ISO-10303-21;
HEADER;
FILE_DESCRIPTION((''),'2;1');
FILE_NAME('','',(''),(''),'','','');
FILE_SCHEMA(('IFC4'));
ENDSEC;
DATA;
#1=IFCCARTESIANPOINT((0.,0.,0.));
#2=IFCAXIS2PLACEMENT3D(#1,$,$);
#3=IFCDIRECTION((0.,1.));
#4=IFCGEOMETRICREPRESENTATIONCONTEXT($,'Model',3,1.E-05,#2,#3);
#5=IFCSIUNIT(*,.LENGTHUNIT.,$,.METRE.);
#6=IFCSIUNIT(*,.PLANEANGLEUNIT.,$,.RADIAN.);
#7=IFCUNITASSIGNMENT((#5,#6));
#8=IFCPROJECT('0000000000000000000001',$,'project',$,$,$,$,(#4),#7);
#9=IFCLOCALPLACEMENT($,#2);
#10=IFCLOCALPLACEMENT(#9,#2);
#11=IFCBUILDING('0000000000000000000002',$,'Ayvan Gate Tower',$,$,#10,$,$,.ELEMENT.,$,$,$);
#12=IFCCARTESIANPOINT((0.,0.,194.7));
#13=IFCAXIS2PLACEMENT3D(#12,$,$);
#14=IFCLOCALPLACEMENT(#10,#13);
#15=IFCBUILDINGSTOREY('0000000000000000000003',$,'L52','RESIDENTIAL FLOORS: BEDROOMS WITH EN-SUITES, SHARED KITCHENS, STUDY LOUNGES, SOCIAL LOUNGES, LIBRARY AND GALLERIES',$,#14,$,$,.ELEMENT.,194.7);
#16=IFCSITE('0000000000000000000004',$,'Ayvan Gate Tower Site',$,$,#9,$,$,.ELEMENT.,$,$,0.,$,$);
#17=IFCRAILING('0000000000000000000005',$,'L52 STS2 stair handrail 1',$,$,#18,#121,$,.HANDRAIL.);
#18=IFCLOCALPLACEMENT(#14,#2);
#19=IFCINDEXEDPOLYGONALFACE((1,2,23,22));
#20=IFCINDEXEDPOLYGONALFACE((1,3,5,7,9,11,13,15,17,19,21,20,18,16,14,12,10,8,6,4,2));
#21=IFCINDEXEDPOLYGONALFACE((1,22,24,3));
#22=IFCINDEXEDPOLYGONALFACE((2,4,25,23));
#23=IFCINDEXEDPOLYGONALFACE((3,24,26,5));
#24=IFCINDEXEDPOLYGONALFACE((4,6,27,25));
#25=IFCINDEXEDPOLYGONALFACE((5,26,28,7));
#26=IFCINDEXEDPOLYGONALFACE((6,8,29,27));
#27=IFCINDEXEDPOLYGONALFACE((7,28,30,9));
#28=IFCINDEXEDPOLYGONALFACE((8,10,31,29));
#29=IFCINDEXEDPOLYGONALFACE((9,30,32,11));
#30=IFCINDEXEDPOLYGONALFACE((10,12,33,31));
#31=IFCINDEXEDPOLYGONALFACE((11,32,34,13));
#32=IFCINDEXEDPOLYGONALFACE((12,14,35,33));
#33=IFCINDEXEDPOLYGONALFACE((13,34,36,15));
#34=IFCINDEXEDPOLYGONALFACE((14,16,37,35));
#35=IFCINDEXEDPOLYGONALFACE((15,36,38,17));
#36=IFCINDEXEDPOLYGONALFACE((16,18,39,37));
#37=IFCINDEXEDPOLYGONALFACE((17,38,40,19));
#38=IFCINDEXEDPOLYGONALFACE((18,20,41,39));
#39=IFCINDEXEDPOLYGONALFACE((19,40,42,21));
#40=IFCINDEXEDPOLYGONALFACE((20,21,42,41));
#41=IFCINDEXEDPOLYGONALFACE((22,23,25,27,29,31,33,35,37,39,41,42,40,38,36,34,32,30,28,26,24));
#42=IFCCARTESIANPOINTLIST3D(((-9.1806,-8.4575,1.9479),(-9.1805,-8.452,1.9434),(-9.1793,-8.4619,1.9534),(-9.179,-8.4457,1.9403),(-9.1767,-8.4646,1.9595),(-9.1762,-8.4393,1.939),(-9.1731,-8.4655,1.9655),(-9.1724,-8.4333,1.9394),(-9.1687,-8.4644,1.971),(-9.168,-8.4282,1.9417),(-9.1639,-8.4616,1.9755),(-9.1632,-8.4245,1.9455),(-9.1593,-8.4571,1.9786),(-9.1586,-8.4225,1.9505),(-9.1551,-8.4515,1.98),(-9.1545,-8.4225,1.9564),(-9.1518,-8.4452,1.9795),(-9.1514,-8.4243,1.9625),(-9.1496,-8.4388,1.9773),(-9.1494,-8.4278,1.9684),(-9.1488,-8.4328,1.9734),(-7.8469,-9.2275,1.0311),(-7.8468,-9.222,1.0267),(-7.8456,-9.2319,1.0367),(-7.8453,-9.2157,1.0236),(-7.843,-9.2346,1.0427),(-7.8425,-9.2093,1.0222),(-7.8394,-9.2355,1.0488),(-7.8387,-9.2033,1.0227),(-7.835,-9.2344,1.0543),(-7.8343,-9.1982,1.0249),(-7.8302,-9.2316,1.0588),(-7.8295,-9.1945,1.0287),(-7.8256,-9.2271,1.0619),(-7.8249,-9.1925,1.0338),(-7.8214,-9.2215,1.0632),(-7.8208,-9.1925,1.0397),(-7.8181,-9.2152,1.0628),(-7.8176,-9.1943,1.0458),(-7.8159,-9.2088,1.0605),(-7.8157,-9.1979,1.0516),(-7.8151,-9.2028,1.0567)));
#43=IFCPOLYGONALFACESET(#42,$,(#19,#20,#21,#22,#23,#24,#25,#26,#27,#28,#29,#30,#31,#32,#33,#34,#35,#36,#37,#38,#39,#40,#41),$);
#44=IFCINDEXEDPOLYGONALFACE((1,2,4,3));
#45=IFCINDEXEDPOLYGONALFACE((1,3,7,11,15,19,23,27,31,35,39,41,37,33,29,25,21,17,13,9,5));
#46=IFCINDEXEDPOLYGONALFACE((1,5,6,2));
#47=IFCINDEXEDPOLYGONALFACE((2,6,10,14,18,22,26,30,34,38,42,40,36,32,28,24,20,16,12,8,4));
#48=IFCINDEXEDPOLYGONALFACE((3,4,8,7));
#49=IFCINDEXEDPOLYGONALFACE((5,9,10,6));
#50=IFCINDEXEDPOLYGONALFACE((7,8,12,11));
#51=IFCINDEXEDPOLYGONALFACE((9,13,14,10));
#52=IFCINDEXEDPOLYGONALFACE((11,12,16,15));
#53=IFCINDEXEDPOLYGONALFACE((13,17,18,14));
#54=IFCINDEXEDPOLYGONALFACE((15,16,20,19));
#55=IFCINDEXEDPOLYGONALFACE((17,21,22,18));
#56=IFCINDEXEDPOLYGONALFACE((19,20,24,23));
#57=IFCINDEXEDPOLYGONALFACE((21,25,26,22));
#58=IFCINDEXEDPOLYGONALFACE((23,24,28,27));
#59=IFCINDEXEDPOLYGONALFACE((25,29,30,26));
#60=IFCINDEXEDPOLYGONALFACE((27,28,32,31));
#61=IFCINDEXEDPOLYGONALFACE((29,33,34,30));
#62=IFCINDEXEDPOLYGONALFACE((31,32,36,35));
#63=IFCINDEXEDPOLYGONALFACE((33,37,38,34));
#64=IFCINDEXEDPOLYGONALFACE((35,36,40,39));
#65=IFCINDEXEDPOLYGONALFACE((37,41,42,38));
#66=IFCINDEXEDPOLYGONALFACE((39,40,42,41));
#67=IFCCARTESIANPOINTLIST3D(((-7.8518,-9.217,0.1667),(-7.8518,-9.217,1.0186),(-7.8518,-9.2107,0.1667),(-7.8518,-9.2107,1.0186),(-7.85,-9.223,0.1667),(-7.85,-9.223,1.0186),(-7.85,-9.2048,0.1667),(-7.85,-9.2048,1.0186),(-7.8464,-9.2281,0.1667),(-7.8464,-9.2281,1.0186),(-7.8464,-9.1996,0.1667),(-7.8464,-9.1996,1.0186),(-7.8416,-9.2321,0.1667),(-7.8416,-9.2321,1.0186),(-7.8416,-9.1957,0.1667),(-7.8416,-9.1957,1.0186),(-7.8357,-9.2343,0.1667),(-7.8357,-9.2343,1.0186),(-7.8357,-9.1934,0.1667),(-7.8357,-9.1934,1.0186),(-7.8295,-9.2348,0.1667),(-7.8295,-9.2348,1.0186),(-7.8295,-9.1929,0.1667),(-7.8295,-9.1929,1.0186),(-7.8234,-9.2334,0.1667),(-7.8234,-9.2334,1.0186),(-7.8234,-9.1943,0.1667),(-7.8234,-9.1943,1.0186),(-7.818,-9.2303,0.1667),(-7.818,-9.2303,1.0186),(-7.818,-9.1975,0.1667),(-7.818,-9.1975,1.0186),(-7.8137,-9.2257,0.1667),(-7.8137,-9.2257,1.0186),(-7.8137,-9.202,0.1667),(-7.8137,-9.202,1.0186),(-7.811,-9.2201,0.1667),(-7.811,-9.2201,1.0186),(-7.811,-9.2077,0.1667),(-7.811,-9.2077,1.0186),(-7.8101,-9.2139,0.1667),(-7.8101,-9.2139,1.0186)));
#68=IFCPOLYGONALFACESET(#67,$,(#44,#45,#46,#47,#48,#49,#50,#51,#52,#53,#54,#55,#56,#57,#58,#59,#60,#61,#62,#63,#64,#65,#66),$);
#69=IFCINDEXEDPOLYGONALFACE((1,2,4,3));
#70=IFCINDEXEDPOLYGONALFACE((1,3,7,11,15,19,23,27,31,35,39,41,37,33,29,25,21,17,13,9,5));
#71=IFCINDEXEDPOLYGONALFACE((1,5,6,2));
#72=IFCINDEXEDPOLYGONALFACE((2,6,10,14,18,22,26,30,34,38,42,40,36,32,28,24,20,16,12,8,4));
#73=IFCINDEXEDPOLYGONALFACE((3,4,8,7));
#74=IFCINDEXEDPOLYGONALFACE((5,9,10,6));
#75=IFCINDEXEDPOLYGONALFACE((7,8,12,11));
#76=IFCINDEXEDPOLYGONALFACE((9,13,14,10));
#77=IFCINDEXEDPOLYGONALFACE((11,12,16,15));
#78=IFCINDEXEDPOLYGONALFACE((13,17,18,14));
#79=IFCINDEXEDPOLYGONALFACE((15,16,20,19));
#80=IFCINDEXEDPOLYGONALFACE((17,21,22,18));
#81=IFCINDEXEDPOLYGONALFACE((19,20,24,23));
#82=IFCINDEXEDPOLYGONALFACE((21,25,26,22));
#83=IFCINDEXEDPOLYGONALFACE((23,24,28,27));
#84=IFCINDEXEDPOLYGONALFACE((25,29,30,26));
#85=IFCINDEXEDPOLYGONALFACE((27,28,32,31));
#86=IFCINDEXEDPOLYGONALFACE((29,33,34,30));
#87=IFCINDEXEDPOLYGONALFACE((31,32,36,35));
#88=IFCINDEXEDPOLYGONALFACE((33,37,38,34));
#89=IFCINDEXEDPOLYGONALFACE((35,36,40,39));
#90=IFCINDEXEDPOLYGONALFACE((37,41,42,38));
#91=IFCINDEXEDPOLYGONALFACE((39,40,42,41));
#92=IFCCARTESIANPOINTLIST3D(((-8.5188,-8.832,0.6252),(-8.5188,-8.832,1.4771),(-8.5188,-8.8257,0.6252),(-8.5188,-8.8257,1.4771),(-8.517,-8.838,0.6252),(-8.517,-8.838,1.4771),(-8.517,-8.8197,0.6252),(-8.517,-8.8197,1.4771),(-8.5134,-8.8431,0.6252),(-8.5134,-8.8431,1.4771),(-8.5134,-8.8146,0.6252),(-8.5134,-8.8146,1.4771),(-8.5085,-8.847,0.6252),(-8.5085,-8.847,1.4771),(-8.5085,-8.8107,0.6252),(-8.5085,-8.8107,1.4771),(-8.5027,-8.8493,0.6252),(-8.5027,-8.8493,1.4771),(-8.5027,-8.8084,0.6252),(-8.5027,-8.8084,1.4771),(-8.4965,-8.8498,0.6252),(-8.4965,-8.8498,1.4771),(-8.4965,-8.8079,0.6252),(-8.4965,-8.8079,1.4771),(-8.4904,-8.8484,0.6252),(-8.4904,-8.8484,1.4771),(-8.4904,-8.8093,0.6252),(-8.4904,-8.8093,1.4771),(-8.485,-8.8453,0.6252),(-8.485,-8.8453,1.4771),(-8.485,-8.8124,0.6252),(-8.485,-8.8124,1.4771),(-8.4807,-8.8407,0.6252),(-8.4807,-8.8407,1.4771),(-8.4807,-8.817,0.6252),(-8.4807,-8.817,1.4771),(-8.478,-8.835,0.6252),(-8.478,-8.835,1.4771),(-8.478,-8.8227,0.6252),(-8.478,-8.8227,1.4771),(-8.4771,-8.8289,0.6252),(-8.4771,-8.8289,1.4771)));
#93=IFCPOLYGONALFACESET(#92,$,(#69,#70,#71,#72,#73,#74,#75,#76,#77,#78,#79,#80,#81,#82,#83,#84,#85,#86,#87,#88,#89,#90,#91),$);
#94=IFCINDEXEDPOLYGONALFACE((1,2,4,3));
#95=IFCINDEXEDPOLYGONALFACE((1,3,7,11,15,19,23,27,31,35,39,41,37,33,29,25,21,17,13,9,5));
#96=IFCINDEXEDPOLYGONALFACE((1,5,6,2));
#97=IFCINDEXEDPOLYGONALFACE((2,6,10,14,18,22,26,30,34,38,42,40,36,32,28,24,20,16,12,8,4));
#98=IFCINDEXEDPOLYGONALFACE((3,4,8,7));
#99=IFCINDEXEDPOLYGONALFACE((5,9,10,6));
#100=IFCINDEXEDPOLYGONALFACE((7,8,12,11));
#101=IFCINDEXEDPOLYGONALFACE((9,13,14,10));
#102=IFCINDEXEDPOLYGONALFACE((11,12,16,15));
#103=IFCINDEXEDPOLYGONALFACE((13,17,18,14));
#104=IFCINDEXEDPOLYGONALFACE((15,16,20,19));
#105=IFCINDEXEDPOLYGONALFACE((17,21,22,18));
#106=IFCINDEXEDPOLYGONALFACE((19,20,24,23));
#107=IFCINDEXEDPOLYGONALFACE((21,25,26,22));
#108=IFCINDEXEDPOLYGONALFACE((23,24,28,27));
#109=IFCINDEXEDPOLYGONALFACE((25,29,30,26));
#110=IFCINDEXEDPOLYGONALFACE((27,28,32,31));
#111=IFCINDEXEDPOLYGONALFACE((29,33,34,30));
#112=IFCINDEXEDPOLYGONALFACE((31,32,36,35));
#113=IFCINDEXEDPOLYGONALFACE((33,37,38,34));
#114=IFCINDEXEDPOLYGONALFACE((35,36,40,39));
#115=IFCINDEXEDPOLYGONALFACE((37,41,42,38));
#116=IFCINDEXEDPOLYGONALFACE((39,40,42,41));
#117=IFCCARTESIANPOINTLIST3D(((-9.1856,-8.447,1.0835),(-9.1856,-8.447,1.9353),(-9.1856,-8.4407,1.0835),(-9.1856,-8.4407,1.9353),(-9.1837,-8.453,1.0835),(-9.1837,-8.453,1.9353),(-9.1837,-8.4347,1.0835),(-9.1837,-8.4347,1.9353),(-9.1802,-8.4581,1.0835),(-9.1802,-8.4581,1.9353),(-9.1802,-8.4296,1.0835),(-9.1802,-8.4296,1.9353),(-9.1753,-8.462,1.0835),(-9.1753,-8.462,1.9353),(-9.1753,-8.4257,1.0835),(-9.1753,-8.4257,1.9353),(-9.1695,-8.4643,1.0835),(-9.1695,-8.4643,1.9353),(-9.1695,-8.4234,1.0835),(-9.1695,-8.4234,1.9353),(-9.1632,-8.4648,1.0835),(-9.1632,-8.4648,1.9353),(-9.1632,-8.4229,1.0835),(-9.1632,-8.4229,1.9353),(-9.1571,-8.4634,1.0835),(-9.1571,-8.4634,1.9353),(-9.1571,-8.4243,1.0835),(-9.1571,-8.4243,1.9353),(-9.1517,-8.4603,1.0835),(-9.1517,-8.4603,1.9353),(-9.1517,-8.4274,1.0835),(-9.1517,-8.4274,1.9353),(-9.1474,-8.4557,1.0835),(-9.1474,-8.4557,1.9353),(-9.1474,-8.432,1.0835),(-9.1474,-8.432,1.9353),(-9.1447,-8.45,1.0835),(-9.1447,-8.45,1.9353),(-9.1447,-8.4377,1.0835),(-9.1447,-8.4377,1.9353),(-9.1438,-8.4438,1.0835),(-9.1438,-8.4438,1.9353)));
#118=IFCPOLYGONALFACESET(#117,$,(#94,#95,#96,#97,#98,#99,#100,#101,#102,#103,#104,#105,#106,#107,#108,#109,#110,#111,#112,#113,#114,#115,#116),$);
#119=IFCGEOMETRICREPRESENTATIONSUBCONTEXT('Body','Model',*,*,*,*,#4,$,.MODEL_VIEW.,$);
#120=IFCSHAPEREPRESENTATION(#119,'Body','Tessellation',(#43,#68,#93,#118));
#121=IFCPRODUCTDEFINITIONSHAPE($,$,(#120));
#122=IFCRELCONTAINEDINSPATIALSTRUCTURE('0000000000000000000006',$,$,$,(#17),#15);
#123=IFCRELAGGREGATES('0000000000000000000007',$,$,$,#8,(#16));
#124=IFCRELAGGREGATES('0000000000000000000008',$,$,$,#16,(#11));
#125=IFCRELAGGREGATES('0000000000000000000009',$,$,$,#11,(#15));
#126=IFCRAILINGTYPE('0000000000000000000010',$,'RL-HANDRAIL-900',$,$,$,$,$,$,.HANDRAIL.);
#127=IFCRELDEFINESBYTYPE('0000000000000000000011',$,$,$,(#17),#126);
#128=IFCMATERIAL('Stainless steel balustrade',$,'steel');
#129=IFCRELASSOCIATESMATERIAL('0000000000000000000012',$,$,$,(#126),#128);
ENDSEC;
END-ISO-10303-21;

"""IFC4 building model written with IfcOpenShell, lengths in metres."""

from ifc_helpers import new_model, si_unit, direction, frame, origin, origin_2d, place, context, subcontext, project, spatial, circle, extrude, material, type_object, element, save


model = new_model("IFC4")

# Units and contexts
model_context = context("Model", 3, precision=1e-05, world=origin(), true_north=direction((0.0, 1.0)))
body_context = subcontext(model_context, "Body", "Model", "MODEL_VIEW")
ifc_project = project(units=[si_unit("LENGTHUNIT", "METRE"), si_unit("PLANEANGLEUNIT", "RADIAN")], contexts=[model_context])

# Site, building, storey
site_placement = place(None, origin())
site = spatial("IfcSite", under=ifc_project, at=site_placement, Name="Ayvan Gate Tower Site", CompositionType="ELEMENT", RefElevation=0.0)
building_placement = place(site_placement, origin())
building = spatial("IfcBuilding", under=site, at=building_placement, Name="Ayvan Gate Tower", CompositionType="ELEMENT")
storey_placement = place(building_placement, frame((0.0, 0.0, 194.7)))
storey = spatial("IfcBuildingStorey", under=building, at=storey_placement, Name="L52", Description="RESIDENTIAL FLOORS: BEDROOMS WITH EN-SUITES, SHARED KITCHENS, STUDY LOUNGES, SOCIAL LOUNGES, LIBRARY AND GALLERIES", CompositionType="ELEMENT", Elevation=194.7)

# Railing
ifc_material_1 = material(Name="Stainless steel balustrade", Category="steel")
railing_type_1 = type_object("IfcRailingType", Name="RL-HANDRAIL-900", PredefinedType="HANDRAIL", material=ifc_material_1)
railing_1_placement = place(storey_placement, frame((-7.8311, -9.2139, 0.1667)))
element("IfcRailing", 1, at=railing_1_placement, inside=storey, type_object=railing_type_1, Name="L52 STS2 stair handrail 1", PredefinedType="HANDRAIL", context=body_context, shape_type="SweptSolid", body=[
    extrude(circle(Radius=0.0239, at=origin_2d()), frame((0.0, 0.0, 0.876), z_axis=(-0.744164, 0.429634, 0.511502), x_axis=(-0.499992, -0.86603, 0.0)), (0.0, 0.0, 1.0), 1.7922),
    extrude(circle(Radius=0.021, at=origin_2d()), origin(), (0.0, 0.0, 1.0), 0.8518),
    extrude(circle(Radius=0.021, at=origin_2d()), frame((-0.667, 0.385, 0.4585)), (0.0, 0.0, 1.0), 0.8518),
    extrude(circle(Radius=0.021, at=origin_2d()), frame((-1.3337, 0.77, 0.9167)), (0.0, 0.0, 1.0), 0.8518),
])

save(model, "model.ifc")
